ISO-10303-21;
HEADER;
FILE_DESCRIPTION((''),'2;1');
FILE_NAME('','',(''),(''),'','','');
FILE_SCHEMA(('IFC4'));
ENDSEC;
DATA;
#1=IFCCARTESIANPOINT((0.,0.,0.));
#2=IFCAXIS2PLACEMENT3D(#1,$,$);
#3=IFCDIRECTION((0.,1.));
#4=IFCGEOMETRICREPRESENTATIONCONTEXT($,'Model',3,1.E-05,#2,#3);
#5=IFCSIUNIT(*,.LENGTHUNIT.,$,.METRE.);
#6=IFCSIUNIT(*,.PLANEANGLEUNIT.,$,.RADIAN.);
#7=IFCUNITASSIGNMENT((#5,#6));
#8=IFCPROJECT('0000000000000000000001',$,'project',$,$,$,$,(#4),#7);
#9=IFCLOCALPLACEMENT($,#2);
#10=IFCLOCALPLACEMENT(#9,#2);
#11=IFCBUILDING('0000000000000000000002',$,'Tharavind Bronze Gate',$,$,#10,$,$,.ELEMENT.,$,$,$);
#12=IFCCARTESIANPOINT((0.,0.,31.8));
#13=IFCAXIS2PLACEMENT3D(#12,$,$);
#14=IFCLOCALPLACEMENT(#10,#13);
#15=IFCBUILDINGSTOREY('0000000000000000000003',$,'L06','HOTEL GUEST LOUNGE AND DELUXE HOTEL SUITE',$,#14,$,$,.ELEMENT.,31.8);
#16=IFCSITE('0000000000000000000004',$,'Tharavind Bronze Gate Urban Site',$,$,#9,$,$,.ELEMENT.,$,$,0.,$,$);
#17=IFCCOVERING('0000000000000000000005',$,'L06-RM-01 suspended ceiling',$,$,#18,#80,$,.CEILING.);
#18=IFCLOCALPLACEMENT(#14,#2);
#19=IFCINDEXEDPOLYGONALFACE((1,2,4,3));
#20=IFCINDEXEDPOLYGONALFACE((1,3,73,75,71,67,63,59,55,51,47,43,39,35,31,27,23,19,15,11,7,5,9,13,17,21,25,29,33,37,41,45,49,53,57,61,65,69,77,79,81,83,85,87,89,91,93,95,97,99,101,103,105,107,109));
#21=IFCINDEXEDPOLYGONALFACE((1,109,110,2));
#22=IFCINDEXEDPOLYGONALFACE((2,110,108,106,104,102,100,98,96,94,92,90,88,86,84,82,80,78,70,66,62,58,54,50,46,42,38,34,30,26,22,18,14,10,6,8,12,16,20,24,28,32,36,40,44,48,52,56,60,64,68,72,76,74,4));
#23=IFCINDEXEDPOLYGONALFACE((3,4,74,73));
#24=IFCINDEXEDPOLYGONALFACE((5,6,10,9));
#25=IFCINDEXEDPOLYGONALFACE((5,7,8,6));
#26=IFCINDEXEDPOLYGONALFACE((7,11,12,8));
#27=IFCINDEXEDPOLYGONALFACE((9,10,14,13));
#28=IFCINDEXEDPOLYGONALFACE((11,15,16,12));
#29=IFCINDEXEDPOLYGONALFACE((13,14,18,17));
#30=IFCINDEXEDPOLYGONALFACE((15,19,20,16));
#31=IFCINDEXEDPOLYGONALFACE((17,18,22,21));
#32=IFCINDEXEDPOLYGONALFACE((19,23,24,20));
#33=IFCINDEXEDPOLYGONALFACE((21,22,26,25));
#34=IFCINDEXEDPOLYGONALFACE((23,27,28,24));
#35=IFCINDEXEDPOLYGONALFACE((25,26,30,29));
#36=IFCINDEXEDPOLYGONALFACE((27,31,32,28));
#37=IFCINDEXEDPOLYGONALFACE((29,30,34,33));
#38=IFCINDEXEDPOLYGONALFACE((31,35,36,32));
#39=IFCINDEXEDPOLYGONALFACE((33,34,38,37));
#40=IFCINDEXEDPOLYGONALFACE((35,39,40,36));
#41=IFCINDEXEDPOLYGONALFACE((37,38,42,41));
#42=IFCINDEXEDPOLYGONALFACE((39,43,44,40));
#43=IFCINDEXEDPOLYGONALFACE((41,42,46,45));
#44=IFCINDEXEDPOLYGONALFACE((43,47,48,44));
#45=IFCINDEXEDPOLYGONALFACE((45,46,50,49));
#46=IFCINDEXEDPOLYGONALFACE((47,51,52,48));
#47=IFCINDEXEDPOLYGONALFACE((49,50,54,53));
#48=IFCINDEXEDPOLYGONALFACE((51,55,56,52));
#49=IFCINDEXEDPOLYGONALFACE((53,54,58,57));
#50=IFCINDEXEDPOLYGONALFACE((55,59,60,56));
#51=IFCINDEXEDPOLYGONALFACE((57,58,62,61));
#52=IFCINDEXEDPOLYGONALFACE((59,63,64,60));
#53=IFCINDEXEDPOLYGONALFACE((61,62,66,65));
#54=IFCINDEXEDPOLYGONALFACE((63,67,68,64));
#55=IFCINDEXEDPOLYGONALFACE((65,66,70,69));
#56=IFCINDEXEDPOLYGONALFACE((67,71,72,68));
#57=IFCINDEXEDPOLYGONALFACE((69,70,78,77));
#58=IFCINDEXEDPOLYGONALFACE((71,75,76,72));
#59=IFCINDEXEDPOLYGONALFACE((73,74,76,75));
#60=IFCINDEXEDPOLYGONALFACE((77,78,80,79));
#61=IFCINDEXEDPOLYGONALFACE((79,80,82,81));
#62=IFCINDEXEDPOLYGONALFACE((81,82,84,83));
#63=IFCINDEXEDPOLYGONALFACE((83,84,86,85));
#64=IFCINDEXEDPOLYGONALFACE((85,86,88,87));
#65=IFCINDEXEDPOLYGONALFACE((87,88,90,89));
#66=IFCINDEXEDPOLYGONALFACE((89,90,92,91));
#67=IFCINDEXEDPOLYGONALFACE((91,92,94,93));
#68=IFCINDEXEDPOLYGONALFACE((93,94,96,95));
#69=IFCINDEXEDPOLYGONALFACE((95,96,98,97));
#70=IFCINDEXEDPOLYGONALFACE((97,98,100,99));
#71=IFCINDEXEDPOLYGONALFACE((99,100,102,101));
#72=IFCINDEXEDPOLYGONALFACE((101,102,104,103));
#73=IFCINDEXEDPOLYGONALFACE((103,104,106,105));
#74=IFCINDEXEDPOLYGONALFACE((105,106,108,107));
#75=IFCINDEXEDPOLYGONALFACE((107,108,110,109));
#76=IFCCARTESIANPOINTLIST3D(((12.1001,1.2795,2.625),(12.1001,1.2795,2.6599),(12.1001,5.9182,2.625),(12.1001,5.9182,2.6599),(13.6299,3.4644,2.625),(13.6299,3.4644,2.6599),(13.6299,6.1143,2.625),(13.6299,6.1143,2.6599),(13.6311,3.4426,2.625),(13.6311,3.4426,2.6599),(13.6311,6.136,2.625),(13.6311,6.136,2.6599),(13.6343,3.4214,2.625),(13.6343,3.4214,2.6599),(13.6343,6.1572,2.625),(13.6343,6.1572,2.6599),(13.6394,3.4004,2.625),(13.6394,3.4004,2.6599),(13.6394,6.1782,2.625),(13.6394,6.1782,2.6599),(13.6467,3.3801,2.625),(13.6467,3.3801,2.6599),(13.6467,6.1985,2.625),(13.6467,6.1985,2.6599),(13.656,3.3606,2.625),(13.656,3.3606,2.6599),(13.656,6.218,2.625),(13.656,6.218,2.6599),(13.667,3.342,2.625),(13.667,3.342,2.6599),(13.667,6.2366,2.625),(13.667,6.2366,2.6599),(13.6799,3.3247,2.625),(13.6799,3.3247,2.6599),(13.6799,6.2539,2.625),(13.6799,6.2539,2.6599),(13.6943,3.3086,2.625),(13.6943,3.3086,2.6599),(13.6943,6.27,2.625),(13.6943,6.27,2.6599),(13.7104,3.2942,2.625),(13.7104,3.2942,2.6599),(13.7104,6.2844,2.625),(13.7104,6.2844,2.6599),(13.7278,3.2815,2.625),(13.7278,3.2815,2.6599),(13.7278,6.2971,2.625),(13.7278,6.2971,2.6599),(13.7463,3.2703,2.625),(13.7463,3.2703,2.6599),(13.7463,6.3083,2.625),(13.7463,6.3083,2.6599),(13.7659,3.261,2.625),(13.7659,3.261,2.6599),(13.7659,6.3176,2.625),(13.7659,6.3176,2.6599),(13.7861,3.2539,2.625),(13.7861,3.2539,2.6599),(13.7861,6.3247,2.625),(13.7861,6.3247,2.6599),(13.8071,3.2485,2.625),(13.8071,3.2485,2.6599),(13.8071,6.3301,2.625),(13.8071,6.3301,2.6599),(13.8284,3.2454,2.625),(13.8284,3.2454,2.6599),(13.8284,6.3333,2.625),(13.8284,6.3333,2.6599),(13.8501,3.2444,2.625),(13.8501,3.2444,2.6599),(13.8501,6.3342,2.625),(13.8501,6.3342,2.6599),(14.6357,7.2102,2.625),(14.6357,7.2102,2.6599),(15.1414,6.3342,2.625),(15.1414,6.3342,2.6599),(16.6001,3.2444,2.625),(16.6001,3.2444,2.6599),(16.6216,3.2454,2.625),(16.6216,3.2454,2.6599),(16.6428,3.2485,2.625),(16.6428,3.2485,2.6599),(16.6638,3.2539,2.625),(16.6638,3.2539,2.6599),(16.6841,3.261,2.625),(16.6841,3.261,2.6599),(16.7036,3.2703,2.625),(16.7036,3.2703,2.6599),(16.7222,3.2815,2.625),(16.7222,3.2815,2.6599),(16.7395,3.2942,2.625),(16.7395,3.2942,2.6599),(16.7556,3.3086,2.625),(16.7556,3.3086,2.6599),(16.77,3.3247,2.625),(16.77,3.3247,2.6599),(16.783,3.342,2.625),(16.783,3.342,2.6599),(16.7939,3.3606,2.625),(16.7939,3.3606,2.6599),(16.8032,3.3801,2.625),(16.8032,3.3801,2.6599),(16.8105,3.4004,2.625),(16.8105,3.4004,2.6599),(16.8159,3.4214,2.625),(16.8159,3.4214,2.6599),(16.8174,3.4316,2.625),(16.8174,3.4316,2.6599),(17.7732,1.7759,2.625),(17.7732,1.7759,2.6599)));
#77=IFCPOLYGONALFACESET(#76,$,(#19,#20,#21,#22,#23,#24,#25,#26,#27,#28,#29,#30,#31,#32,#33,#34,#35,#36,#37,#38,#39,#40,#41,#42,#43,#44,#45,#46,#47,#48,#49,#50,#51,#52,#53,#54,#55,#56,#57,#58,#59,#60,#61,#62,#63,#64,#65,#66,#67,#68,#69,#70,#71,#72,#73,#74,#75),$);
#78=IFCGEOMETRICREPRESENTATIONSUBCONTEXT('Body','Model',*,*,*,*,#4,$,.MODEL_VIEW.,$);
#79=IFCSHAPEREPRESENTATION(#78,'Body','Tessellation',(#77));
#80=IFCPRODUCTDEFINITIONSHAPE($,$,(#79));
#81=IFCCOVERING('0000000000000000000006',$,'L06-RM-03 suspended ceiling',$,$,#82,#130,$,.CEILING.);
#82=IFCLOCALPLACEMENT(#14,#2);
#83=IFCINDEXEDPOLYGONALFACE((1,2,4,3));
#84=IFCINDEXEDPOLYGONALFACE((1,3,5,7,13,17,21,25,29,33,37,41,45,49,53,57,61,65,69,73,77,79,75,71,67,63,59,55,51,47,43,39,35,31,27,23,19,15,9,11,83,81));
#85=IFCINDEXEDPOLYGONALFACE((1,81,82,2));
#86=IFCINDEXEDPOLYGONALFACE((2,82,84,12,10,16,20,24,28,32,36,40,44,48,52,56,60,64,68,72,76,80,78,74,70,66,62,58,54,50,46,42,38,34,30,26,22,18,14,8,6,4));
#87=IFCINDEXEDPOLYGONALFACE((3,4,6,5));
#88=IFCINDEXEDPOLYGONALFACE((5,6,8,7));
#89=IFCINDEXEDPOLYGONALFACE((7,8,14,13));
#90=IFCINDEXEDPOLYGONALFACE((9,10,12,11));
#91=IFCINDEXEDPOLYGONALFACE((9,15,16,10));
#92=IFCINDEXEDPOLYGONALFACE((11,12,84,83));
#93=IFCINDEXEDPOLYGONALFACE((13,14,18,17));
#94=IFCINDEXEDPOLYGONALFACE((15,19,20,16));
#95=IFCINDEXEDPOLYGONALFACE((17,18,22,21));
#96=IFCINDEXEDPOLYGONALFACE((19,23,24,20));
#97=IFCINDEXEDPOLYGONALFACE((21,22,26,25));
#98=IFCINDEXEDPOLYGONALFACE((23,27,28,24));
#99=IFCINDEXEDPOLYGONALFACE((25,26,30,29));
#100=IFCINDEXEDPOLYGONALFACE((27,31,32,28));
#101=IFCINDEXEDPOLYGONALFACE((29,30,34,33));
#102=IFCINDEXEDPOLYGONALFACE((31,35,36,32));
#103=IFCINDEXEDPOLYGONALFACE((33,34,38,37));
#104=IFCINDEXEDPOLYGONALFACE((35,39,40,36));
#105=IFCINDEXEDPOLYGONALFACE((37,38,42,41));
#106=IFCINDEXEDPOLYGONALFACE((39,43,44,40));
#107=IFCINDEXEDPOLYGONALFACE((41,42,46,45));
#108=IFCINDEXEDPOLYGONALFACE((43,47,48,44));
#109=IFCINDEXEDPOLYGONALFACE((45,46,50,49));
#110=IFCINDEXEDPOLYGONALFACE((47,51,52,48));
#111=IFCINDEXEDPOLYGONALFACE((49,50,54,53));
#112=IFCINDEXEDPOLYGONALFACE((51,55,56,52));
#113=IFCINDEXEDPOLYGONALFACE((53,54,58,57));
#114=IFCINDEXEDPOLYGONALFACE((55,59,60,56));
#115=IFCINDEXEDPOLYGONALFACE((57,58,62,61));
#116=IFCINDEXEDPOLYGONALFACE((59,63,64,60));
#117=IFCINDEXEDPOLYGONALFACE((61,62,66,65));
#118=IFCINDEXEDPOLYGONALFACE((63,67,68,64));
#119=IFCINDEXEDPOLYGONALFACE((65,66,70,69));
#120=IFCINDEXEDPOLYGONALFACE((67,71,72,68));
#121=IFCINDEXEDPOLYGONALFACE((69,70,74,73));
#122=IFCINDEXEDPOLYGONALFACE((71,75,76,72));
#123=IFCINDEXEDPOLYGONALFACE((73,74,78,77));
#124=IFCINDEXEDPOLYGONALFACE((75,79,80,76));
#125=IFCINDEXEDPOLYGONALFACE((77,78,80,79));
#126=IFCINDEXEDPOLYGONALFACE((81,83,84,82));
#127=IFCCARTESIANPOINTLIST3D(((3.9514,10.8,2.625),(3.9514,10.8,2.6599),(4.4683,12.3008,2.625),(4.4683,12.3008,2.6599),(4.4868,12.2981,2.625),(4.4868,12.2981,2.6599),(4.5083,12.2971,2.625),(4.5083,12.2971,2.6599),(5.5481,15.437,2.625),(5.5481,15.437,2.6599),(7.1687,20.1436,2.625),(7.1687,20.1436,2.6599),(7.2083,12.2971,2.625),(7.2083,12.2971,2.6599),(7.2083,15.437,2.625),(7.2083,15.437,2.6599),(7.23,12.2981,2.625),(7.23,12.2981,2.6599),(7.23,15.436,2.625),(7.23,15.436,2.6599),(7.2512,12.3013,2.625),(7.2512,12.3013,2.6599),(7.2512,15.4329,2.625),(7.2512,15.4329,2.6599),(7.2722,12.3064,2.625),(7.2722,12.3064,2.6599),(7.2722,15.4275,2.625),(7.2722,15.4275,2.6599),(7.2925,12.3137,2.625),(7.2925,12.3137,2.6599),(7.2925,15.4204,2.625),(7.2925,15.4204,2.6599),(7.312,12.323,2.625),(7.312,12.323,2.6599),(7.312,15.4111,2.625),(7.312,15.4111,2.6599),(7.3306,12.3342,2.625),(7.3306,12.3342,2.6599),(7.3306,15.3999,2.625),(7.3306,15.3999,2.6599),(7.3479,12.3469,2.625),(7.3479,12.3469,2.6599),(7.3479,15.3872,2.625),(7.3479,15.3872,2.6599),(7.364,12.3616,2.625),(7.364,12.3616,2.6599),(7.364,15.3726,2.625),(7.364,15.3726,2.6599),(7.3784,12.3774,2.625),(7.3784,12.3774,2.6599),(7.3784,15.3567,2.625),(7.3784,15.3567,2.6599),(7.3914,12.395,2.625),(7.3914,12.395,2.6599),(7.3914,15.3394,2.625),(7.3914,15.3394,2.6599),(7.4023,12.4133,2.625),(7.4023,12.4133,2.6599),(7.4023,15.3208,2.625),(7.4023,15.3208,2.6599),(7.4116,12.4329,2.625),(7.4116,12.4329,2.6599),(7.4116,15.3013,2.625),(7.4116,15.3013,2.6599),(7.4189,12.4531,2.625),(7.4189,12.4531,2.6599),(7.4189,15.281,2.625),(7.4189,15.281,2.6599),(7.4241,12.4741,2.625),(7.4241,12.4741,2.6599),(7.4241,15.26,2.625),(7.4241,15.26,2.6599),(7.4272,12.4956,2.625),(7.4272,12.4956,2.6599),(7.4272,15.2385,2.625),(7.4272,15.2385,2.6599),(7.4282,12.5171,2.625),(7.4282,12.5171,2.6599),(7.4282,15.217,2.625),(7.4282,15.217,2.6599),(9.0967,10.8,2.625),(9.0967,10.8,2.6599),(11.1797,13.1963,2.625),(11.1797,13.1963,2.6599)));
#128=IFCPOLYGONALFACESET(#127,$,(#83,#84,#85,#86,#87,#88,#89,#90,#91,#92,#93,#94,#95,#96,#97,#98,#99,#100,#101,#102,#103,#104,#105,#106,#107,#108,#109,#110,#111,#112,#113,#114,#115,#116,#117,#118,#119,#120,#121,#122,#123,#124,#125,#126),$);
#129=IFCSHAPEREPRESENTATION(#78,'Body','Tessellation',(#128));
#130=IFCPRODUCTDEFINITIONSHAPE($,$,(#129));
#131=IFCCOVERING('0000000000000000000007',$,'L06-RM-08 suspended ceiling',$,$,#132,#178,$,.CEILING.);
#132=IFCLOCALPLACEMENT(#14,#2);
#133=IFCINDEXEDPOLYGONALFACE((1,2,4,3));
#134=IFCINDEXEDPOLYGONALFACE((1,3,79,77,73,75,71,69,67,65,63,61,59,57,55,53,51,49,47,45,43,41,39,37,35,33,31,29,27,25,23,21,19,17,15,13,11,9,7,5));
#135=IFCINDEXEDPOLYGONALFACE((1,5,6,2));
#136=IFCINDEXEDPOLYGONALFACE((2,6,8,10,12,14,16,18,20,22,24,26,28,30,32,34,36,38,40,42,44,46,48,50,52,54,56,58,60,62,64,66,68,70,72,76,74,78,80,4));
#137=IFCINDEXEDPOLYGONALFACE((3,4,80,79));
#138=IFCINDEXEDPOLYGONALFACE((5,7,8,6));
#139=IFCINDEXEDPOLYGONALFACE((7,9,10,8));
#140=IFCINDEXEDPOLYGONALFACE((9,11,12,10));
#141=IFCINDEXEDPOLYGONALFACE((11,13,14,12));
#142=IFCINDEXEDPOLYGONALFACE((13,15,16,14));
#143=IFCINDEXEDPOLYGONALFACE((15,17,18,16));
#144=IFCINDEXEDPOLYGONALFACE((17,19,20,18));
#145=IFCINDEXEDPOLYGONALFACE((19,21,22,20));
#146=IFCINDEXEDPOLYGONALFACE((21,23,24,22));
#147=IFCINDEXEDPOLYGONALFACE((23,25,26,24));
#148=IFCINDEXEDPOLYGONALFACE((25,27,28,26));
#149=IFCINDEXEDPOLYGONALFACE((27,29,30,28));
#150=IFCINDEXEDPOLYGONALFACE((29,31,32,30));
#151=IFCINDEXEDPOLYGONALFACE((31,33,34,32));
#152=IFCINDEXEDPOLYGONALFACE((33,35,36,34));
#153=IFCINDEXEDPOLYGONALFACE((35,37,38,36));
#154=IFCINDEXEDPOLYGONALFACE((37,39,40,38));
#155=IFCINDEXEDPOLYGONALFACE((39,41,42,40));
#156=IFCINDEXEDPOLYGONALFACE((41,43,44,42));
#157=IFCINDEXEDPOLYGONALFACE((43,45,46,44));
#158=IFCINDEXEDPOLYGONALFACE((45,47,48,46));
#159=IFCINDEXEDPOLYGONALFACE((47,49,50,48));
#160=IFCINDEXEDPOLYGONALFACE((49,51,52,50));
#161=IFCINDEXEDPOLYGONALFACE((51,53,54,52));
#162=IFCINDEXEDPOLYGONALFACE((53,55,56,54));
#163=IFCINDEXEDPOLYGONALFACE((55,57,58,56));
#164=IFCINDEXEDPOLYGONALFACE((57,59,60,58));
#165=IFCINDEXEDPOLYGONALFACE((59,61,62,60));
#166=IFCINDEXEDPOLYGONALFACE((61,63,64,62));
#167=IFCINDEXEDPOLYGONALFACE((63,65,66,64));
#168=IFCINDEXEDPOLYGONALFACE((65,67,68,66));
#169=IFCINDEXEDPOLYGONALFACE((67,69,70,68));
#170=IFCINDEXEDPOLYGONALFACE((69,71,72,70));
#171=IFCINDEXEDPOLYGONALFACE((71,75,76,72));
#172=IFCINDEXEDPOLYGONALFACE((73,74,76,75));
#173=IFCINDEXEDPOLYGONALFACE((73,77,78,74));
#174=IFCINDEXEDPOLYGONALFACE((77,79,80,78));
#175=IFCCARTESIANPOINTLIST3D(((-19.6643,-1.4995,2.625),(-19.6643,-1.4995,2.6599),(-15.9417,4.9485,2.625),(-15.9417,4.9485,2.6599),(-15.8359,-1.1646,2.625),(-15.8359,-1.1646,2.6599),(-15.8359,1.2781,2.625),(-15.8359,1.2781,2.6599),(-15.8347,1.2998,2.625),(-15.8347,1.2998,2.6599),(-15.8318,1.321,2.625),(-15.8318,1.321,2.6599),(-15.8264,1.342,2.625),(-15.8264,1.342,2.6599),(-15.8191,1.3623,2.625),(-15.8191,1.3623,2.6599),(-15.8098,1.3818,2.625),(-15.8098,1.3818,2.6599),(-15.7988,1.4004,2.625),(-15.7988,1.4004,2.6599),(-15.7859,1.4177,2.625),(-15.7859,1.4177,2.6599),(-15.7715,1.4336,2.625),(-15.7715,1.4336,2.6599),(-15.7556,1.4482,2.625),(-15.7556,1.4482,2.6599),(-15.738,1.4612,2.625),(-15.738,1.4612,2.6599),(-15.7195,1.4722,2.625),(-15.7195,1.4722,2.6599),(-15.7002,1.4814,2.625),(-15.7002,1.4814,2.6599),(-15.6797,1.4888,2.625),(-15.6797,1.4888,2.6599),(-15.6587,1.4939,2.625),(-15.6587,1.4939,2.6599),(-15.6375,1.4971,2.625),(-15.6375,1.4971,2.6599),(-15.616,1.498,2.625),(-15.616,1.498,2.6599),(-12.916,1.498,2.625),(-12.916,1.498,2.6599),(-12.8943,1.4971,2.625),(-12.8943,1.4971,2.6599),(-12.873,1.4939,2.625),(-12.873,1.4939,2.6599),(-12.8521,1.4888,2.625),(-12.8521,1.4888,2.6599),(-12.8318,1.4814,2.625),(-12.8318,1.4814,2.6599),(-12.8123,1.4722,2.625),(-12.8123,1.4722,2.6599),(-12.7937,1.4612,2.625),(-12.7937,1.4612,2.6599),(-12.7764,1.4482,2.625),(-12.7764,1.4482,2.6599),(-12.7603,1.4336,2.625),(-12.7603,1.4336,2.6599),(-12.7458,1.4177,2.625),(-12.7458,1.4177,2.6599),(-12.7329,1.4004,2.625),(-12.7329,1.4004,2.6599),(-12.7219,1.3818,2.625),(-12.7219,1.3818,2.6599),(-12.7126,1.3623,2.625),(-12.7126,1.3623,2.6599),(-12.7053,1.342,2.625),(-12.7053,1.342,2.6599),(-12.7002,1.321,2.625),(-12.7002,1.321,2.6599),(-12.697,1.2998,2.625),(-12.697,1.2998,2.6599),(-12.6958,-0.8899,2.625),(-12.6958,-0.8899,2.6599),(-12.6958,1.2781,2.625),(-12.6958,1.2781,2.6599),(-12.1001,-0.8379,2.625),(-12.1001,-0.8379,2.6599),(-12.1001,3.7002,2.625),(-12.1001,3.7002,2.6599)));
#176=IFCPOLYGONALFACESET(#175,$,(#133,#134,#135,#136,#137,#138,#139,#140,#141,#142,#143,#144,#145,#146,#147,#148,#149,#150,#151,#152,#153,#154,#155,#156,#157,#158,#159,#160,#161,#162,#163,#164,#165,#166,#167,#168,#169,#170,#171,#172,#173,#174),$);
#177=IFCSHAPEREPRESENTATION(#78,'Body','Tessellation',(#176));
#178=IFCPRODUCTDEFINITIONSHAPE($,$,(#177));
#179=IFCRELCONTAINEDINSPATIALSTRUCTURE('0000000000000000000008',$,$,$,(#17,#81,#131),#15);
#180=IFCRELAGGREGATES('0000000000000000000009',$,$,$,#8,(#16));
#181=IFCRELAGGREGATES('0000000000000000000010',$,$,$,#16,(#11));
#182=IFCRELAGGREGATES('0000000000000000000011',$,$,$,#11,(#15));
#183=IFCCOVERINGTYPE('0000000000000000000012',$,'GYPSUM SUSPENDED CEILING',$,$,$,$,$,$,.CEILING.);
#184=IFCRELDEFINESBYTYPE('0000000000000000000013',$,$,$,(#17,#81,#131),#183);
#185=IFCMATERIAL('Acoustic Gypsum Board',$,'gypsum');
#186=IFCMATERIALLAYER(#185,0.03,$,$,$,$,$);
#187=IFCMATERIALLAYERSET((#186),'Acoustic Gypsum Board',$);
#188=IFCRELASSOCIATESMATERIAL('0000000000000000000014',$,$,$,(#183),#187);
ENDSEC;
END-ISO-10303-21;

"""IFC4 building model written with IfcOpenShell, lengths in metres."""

from ifc_helpers import new_model, si_unit, direction, frame, origin, place, context, subcontext, project, spatial, polyline, outline, extrude, material, layer, layer_set, type_object, element, save


model = new_model("IFC4")

# Units and contexts
model_context = context("Model", 3, precision=1e-05, world=origin(), true_north=direction((0.0, 1.0)))
body_context = subcontext(model_context, "Body", "Model", "MODEL_VIEW")
ifc_project = project(units=[si_unit("LENGTHUNIT", "METRE"), si_unit("PLANEANGLEUNIT", "RADIAN")], contexts=[model_context])

# Site, building, storey
site_placement = place(None, origin())
site = spatial("IfcSite", under=ifc_project, at=site_placement, Name="Tharavind Bronze Gate Urban Site", CompositionType="ELEMENT", RefElevation=0.0)
building_placement = place(site_placement, origin())
building = spatial("IfcBuilding", under=site, at=building_placement, Name="Tharavind Bronze Gate", CompositionType="ELEMENT")
storey_placement = place(building_placement, frame((0.0, 0.0, 31.8)))
storey = spatial("IfcBuildingStorey", under=building, at=storey_placement, Name="L06", Description="HOTEL GUEST LOUNGE AND DELUXE HOTEL SUITE", CompositionType="ELEMENT", Elevation=31.8)

# Coverings
ifc_material_1 = material(Name="Acoustic Gypsum Board", Category="gypsum")
ifc_layer_1 = layer(ifc_material_1, 0.03)
ifc_layer_set_1 = layer_set([ifc_layer_1], Name="Acoustic Gypsum Board")
covering_type_1 = type_object("IfcCoveringType", Name="GYPSUM SUSPENDED CEILING", PredefinedType="CEILING", material=ifc_layer_set_1)
covering_1_placement = place(storey_placement, frame((0.0, 0.0, 2.625)))
element("IfcCovering", 1, at=covering_1_placement, inside=storey, type_object=covering_type_1, Name="L06-RM-01 suspended ceiling", PredefinedType="CEILING", context=body_context, shape_type="SweptSolid", body=[
    extrude(outline(polyline([(17.7732, 1.7759), (16.8174, 3.4316), (16.8159, 3.4214), (16.8105, 3.4004), (16.8032, 3.3801), (16.7939, 3.3606), (16.783, 3.342), (16.77, 3.3247), (16.7556, 3.3086), (16.7395, 3.2942), (16.7222, 3.2815), (16.7036, 3.2703), (16.6841, 3.261), (16.6638, 3.2539), (16.6428, 3.2485), (16.6216, 3.2454), (16.6001, 3.2444), (13.8501, 3.2444), (13.8284, 3.2454), (13.8071, 3.2485), (13.7861, 3.2539), (13.7659, 3.261), (13.7463, 3.2703), (13.7278, 3.2815), (13.7104, 3.2942), (13.6943, 3.3086), (13.6799, 3.3247), (13.667, 3.342), (13.656, 3.3606), (13.6467, 3.3801), (13.6394, 3.4004), (13.6343, 3.4214), (13.6311, 3.4426), (13.6299, 3.4644), (13.6299, 6.1143), (13.6311, 6.136), (13.6343, 6.1572), (13.6394, 6.1782), (13.6467, 6.1985), (13.656, 6.218), (13.667, 6.2366), (13.6799, 6.2539), (13.6943, 6.27), (13.7104, 6.2844), (13.7278, 6.2971), (13.7463, 6.3083), (13.7659, 6.3176), (13.7861, 6.3247), (13.8071, 6.3301), (13.8284, 6.3333), (13.8501, 6.3342), (15.1414, 6.3342), (14.6357, 7.2102), (12.1001, 5.9182), (12.1001, 1.2795), (17.7732, 1.7759)])), origin(), (0.0, 0.0, 1.0), 0.0349),
])
covering_2_placement = place(storey_placement, frame((0.0, 0.0, 2.625)))
element("IfcCovering", 2, at=covering_2_placement, inside=storey, type_object=covering_type_1, Name="L06-RM-03 suspended ceiling", PredefinedType="CEILING", context=body_context, shape_type="SweptSolid", body=[
    extrude(outline(polyline([(9.0967, 10.8), (11.1797, 13.1963), (7.1687, 20.1436), (5.5481, 15.437), (7.2083, 15.437), (7.23, 15.436), (7.2512, 15.4329), (7.2722, 15.4275), (7.2925, 15.4204), (7.312, 15.4111), (7.3306, 15.3999), (7.3479, 15.3872), (7.364, 15.3726), (7.3784, 15.3567), (7.3914, 15.3394), (7.4023, 15.3208), (7.4116, 15.3013), (7.4189, 15.281), (7.4241, 15.26), (7.4272, 15.2385), (7.4282, 15.217), (7.4282, 12.5171), (7.4272, 12.4956), (7.4241, 12.4741), (7.4189, 12.4531), (7.4116, 12.4329), (7.4023, 12.4133), (7.3914, 12.395), (7.3784, 12.3774), (7.364, 12.3616), (7.3479, 12.3469), (7.3306, 12.3342), (7.312, 12.323), (7.2925, 12.3137), (7.2722, 12.3064), (7.2512, 12.3013), (7.23, 12.2981), (7.2083, 12.2971), (4.5083, 12.2971), (4.4868, 12.2981), (4.4683, 12.3008), (3.9514, 10.8), (9.0967, 10.8)])), origin(), (0.0, 0.0, 1.0), 0.0349),
])
covering_3_placement = place(storey_placement, frame((0.0, 0.0, 2.625)))
element("IfcCovering", 3, at=covering_3_placement, inside=storey, type_object=covering_type_1, Name="L06-RM-08 suspended ceiling", PredefinedType="CEILING", context=body_context, shape_type="SweptSolid", body=[
    extrude(outline(polyline([(-15.8359, -1.1646), (-15.8359, 1.2781), (-15.8347, 1.2998), (-15.8318, 1.321), (-15.8264, 1.342), (-15.8191, 1.3623), (-15.8098, 1.3818), (-15.7988, 1.4004), (-15.7859, 1.4177), (-15.7715, 1.4336), (-15.7556, 1.4482), (-15.738, 1.4612), (-15.7195, 1.4722), (-15.7002, 1.4814), (-15.6797, 1.4888), (-15.6587, 1.4939), (-15.6375, 1.4971), (-15.616, 1.498), (-12.916, 1.498), (-12.8943, 1.4971), (-12.873, 1.4939), (-12.8521, 1.4888), (-12.8318, 1.4814), (-12.8123, 1.4722), (-12.7937, 1.4612), (-12.7764, 1.4482), (-12.7603, 1.4336), (-12.7458, 1.4177), (-12.7329, 1.4004), (-12.7219, 1.3818), (-12.7126, 1.3623), (-12.7053, 1.342), (-12.7002, 1.321), (-12.697, 1.2998), (-12.6958, 1.2781), (-12.6958, -0.8899), (-12.1001, -0.8379), (-12.1001, 3.7002), (-15.9417, 4.9485), (-19.6643, -1.4995), (-15.8359, -1.1646)])), origin(), (0.0, 0.0, 1.0), 0.0349),
])

save(model, "model.ifc")
